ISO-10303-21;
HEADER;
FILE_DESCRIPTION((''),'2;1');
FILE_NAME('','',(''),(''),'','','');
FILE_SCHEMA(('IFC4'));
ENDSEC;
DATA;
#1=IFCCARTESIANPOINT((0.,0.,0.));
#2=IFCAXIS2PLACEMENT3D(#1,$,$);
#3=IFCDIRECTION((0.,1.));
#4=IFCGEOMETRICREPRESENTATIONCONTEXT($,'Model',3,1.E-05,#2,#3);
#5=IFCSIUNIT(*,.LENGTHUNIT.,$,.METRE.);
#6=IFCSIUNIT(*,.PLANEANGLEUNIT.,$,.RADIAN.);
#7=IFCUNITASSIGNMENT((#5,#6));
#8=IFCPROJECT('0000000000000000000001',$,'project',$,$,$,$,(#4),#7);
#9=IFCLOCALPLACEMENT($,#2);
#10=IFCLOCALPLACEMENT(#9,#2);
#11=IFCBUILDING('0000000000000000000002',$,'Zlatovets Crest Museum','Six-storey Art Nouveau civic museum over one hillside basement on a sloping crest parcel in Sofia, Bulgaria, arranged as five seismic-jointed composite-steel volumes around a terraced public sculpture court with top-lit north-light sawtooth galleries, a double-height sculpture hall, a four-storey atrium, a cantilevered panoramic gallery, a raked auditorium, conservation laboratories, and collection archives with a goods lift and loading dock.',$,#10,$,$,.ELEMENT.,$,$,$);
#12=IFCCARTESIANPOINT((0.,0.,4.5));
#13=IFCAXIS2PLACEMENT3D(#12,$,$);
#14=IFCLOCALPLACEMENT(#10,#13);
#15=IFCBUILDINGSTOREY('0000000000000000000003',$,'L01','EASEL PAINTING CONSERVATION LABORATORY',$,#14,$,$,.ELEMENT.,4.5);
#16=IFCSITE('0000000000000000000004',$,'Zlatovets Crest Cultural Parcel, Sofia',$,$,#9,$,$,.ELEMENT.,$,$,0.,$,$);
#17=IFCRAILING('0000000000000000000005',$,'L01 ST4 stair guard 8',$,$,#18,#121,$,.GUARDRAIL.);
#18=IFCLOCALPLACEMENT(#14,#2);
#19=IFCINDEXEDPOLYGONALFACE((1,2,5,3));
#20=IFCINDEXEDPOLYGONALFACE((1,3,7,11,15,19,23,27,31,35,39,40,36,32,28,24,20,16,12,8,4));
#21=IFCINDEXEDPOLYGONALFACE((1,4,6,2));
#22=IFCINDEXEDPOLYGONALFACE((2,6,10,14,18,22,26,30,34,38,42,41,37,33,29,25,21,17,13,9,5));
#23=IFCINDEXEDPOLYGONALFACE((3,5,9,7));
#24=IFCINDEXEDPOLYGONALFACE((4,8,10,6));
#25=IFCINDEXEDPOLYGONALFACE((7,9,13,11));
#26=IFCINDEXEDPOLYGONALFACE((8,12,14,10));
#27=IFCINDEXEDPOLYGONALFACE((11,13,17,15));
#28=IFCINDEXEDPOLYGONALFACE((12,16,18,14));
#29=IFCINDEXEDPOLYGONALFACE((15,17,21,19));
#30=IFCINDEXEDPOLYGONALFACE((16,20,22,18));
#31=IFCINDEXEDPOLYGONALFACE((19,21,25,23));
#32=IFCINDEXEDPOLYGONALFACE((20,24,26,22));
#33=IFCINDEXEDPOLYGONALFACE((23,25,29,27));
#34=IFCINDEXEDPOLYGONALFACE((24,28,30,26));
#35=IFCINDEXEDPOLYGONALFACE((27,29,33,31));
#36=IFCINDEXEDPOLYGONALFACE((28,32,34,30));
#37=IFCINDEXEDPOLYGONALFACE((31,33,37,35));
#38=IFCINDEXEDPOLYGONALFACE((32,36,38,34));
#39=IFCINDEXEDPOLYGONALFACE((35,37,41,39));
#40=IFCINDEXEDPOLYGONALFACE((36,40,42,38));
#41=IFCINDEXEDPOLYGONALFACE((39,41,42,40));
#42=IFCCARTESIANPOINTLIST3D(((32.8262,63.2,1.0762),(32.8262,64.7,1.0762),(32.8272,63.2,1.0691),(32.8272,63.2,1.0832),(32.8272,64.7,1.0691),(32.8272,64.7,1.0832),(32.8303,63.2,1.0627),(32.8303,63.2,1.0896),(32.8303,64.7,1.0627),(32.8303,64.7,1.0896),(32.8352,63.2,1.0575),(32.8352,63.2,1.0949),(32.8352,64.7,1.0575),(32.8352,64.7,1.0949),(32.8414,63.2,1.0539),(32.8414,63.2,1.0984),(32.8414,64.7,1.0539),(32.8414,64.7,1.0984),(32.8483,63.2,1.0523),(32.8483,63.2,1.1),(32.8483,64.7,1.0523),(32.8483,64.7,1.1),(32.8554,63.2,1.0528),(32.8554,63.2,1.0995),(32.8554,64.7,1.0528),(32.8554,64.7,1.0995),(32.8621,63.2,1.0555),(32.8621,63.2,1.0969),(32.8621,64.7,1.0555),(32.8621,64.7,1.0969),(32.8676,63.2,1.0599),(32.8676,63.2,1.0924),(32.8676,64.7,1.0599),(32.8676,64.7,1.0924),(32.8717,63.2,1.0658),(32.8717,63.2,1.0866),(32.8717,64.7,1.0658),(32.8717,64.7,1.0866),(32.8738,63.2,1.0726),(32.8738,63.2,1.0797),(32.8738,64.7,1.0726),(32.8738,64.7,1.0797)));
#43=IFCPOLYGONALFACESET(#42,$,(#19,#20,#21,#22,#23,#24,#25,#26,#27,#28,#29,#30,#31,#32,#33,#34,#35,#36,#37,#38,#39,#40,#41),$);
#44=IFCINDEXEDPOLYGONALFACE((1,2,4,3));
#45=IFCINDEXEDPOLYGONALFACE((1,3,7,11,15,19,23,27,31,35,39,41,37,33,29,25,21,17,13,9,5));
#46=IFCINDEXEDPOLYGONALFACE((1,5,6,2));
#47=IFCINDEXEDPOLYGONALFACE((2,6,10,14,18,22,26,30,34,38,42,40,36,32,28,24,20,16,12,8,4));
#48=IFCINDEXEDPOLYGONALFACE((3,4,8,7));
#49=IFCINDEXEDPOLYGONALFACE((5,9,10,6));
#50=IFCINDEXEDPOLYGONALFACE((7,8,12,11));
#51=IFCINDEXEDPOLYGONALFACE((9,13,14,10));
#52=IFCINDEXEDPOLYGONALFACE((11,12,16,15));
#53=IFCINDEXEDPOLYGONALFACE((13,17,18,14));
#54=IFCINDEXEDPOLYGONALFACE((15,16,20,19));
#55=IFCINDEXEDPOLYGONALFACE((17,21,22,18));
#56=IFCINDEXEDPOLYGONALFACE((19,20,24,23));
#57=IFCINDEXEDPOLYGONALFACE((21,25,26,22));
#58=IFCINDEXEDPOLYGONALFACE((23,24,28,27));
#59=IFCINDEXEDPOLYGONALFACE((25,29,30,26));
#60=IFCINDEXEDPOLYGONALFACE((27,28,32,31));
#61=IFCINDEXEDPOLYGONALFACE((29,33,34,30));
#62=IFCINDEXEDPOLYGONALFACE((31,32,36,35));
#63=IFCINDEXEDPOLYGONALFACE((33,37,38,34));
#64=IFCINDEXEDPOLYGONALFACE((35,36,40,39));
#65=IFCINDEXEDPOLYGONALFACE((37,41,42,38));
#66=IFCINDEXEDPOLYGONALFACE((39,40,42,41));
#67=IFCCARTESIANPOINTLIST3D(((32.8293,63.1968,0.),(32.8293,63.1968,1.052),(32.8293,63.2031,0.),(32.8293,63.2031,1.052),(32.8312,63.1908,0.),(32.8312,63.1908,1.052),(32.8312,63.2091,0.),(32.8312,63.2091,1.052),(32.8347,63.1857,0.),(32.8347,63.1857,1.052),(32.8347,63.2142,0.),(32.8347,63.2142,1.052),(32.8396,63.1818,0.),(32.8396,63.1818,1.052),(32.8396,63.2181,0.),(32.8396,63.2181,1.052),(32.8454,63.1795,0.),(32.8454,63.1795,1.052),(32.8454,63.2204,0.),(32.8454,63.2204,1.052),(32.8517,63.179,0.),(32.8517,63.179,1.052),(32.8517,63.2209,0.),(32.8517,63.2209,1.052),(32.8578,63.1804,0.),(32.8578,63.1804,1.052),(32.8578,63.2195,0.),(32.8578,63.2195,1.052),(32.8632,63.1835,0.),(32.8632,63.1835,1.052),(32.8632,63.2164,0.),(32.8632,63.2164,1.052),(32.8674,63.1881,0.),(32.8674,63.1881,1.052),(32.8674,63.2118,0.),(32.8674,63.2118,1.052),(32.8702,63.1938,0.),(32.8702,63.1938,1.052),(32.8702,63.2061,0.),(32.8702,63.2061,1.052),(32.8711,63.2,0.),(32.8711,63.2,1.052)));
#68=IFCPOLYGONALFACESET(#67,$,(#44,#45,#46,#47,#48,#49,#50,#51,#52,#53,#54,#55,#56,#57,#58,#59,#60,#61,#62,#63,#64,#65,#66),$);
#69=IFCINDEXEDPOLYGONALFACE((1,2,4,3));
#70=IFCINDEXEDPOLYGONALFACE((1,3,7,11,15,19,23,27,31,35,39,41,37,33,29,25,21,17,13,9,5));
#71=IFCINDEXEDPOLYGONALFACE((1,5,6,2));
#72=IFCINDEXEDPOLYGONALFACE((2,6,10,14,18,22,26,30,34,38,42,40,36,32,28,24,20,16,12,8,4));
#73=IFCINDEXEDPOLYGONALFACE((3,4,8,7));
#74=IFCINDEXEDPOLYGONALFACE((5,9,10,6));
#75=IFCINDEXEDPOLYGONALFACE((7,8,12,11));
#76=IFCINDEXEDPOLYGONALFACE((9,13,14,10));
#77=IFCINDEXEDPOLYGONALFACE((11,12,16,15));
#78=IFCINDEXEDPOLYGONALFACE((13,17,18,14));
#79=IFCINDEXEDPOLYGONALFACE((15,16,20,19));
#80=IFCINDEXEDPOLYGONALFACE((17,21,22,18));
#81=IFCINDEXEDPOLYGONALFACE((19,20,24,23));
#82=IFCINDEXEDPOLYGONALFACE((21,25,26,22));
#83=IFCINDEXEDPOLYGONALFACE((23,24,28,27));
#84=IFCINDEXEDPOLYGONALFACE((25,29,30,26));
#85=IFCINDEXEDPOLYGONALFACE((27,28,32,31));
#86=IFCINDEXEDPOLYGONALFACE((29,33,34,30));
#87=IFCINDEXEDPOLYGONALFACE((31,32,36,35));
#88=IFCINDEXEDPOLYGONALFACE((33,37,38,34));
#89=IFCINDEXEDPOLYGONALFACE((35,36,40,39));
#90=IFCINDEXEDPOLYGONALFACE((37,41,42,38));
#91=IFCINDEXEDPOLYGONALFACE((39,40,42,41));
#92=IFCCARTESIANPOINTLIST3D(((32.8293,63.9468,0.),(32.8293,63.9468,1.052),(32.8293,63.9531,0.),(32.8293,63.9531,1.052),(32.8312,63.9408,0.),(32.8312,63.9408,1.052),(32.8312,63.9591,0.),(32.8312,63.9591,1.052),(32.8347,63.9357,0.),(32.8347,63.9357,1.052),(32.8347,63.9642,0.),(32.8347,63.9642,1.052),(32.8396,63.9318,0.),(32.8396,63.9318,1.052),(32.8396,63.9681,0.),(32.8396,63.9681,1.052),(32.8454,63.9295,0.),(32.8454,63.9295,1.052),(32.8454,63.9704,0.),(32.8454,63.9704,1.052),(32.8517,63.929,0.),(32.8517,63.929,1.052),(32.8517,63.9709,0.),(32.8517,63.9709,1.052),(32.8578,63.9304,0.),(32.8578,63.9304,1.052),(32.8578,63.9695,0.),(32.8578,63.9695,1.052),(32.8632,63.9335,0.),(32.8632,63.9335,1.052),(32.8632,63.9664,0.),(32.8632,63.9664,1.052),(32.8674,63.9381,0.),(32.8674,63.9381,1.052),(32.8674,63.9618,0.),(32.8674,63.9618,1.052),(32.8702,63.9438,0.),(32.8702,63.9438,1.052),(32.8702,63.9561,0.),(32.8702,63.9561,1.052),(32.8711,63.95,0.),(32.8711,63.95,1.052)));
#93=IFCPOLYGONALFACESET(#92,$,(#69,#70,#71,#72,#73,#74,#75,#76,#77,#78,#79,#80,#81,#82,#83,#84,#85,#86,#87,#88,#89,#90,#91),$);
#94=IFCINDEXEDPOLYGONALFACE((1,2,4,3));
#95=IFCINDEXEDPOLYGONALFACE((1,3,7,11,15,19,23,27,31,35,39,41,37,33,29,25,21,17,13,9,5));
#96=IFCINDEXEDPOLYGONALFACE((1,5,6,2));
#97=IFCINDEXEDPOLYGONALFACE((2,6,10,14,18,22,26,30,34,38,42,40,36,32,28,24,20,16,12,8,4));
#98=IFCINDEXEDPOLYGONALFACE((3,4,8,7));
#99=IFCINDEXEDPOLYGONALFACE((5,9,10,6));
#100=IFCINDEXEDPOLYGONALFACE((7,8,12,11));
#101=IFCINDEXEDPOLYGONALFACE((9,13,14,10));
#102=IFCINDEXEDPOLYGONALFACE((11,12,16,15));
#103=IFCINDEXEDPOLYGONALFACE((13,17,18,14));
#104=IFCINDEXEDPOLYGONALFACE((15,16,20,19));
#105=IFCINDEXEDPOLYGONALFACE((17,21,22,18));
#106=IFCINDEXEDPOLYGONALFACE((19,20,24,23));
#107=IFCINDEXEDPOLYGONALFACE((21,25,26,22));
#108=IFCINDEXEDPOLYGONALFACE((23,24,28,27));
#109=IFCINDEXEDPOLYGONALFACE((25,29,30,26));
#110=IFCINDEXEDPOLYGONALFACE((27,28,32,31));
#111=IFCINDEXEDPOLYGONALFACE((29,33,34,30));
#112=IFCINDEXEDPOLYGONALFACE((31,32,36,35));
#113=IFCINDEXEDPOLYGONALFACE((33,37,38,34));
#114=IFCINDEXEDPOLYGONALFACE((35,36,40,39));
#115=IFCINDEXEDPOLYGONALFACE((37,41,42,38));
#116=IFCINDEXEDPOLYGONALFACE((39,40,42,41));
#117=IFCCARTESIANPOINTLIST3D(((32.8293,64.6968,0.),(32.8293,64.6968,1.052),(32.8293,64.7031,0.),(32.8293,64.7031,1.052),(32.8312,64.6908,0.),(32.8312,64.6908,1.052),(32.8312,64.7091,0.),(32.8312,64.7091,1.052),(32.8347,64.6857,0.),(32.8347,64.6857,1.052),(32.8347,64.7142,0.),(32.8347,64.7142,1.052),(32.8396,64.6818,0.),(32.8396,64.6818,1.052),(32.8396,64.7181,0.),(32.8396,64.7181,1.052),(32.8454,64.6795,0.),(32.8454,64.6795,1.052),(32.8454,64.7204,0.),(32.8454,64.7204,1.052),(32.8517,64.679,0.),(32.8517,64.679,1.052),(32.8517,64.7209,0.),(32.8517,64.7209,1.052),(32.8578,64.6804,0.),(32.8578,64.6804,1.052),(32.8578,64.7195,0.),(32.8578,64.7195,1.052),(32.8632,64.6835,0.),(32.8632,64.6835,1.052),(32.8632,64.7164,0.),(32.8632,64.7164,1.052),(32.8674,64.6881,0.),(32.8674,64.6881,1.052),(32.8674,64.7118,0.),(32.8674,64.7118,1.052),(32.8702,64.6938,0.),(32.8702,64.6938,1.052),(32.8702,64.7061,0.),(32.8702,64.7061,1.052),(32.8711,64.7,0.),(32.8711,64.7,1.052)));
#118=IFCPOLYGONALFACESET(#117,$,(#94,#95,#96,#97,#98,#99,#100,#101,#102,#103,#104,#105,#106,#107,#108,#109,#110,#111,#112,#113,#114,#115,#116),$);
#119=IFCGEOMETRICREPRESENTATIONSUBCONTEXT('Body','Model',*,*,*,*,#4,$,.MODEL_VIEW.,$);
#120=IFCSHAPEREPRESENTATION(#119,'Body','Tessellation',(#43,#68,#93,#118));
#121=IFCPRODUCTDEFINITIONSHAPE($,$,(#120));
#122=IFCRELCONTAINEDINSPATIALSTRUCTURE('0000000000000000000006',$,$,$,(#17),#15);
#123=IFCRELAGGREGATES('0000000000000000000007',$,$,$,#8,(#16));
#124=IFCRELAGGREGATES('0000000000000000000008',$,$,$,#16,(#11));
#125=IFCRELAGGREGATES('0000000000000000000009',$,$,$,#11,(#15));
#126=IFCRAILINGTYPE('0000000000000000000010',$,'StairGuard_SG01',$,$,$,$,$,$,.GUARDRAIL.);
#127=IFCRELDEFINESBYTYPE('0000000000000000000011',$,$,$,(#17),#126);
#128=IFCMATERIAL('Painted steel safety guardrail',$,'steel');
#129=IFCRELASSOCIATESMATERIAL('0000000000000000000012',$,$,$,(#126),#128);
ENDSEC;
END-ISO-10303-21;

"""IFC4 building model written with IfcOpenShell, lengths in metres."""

from ifc_helpers import new_model, si_unit, direction, frame, origin, origin_2d, place, context, subcontext, project, spatial, circle, extrude, material, type_object, element, save


model = new_model("IFC4")

# Units and contexts
model_context = context("Model", 3, precision=1e-05, world=origin(), true_north=direction((0.0, 1.0)))
body_context = subcontext(model_context, "Body", "Model", "MODEL_VIEW")
ifc_project = project(units=[si_unit("LENGTHUNIT", "METRE"), si_unit("PLANEANGLEUNIT", "RADIAN")], contexts=[model_context])

# Site, building, storey
site_placement = place(None, origin())
site = spatial("IfcSite", under=ifc_project, at=site_placement, Name="Zlatovets Crest Cultural Parcel, Sofia", CompositionType="ELEMENT", RefElevation=0.0)
building_placement = place(site_placement, origin())
building = spatial("IfcBuilding", under=site, at=building_placement, Name="Zlatovets Crest Museum", Description="Six-storey Art Nouveau civic museum over one hillside basement on a sloping crest parcel in Sofia, Bulgaria, arranged as five seismic-jointed composite-steel volumes around a terraced public sculpture court with top-lit north-light sawtooth galleries, a double-height sculpture hall, a four-storey atrium, a cantilevered panoramic gallery, a raked auditorium, conservation laboratories, and collection archives with a goods lift and loading dock.", CompositionType="ELEMENT")
storey_placement = place(building_placement, frame((0.0, 0.0, 4.5)))
storey = spatial("IfcBuildingStorey", under=building, at=storey_placement, Name="L01", Description="EASEL PAINTING CONSERVATION LABORATORY", CompositionType="ELEMENT", Elevation=4.5)

# Railing
ifc_material_1 = material(Name="Painted steel safety guardrail", Category="steel")
railing_type_1 = type_object("IfcRailingType", Name="StairGuard_SG01", PredefinedType="GUARDRAIL", material=ifc_material_1)
railing_1_placement = place(storey_placement, frame((32.8501, 63.2, 0.0)))
element("IfcRailing", 1, at=railing_1_placement, inside=storey, type_object=railing_type_1, Name="L01 ST4 stair guard 8", PredefinedType="GUARDRAIL", context=body_context, shape_type="SweptSolid", body=[
    extrude(circle(Radius=0.0239, at=origin_2d()), frame((0.0, 0.0, 1.0762), z_axis=(0.0, 1.0, 0.0), x_axis=(-1.0, 0.0, 0.0)), (0.0, 0.0, 1.0), 1.5),
    extrude(circle(Radius=0.021, at=origin_2d()), origin(), (0.0, 0.0, 1.0), 1.052),
    extrude(circle(Radius=0.021, at=origin_2d()), frame((0.0, 0.75, 0.0)), (0.0, 0.0, 1.0), 1.052),
    extrude(circle(Radius=0.021, at=origin_2d()), frame((0.0, 1.5, 0.0)), (0.0, 0.0, 1.0), 1.052),
])

save(model, "model.ifc")
